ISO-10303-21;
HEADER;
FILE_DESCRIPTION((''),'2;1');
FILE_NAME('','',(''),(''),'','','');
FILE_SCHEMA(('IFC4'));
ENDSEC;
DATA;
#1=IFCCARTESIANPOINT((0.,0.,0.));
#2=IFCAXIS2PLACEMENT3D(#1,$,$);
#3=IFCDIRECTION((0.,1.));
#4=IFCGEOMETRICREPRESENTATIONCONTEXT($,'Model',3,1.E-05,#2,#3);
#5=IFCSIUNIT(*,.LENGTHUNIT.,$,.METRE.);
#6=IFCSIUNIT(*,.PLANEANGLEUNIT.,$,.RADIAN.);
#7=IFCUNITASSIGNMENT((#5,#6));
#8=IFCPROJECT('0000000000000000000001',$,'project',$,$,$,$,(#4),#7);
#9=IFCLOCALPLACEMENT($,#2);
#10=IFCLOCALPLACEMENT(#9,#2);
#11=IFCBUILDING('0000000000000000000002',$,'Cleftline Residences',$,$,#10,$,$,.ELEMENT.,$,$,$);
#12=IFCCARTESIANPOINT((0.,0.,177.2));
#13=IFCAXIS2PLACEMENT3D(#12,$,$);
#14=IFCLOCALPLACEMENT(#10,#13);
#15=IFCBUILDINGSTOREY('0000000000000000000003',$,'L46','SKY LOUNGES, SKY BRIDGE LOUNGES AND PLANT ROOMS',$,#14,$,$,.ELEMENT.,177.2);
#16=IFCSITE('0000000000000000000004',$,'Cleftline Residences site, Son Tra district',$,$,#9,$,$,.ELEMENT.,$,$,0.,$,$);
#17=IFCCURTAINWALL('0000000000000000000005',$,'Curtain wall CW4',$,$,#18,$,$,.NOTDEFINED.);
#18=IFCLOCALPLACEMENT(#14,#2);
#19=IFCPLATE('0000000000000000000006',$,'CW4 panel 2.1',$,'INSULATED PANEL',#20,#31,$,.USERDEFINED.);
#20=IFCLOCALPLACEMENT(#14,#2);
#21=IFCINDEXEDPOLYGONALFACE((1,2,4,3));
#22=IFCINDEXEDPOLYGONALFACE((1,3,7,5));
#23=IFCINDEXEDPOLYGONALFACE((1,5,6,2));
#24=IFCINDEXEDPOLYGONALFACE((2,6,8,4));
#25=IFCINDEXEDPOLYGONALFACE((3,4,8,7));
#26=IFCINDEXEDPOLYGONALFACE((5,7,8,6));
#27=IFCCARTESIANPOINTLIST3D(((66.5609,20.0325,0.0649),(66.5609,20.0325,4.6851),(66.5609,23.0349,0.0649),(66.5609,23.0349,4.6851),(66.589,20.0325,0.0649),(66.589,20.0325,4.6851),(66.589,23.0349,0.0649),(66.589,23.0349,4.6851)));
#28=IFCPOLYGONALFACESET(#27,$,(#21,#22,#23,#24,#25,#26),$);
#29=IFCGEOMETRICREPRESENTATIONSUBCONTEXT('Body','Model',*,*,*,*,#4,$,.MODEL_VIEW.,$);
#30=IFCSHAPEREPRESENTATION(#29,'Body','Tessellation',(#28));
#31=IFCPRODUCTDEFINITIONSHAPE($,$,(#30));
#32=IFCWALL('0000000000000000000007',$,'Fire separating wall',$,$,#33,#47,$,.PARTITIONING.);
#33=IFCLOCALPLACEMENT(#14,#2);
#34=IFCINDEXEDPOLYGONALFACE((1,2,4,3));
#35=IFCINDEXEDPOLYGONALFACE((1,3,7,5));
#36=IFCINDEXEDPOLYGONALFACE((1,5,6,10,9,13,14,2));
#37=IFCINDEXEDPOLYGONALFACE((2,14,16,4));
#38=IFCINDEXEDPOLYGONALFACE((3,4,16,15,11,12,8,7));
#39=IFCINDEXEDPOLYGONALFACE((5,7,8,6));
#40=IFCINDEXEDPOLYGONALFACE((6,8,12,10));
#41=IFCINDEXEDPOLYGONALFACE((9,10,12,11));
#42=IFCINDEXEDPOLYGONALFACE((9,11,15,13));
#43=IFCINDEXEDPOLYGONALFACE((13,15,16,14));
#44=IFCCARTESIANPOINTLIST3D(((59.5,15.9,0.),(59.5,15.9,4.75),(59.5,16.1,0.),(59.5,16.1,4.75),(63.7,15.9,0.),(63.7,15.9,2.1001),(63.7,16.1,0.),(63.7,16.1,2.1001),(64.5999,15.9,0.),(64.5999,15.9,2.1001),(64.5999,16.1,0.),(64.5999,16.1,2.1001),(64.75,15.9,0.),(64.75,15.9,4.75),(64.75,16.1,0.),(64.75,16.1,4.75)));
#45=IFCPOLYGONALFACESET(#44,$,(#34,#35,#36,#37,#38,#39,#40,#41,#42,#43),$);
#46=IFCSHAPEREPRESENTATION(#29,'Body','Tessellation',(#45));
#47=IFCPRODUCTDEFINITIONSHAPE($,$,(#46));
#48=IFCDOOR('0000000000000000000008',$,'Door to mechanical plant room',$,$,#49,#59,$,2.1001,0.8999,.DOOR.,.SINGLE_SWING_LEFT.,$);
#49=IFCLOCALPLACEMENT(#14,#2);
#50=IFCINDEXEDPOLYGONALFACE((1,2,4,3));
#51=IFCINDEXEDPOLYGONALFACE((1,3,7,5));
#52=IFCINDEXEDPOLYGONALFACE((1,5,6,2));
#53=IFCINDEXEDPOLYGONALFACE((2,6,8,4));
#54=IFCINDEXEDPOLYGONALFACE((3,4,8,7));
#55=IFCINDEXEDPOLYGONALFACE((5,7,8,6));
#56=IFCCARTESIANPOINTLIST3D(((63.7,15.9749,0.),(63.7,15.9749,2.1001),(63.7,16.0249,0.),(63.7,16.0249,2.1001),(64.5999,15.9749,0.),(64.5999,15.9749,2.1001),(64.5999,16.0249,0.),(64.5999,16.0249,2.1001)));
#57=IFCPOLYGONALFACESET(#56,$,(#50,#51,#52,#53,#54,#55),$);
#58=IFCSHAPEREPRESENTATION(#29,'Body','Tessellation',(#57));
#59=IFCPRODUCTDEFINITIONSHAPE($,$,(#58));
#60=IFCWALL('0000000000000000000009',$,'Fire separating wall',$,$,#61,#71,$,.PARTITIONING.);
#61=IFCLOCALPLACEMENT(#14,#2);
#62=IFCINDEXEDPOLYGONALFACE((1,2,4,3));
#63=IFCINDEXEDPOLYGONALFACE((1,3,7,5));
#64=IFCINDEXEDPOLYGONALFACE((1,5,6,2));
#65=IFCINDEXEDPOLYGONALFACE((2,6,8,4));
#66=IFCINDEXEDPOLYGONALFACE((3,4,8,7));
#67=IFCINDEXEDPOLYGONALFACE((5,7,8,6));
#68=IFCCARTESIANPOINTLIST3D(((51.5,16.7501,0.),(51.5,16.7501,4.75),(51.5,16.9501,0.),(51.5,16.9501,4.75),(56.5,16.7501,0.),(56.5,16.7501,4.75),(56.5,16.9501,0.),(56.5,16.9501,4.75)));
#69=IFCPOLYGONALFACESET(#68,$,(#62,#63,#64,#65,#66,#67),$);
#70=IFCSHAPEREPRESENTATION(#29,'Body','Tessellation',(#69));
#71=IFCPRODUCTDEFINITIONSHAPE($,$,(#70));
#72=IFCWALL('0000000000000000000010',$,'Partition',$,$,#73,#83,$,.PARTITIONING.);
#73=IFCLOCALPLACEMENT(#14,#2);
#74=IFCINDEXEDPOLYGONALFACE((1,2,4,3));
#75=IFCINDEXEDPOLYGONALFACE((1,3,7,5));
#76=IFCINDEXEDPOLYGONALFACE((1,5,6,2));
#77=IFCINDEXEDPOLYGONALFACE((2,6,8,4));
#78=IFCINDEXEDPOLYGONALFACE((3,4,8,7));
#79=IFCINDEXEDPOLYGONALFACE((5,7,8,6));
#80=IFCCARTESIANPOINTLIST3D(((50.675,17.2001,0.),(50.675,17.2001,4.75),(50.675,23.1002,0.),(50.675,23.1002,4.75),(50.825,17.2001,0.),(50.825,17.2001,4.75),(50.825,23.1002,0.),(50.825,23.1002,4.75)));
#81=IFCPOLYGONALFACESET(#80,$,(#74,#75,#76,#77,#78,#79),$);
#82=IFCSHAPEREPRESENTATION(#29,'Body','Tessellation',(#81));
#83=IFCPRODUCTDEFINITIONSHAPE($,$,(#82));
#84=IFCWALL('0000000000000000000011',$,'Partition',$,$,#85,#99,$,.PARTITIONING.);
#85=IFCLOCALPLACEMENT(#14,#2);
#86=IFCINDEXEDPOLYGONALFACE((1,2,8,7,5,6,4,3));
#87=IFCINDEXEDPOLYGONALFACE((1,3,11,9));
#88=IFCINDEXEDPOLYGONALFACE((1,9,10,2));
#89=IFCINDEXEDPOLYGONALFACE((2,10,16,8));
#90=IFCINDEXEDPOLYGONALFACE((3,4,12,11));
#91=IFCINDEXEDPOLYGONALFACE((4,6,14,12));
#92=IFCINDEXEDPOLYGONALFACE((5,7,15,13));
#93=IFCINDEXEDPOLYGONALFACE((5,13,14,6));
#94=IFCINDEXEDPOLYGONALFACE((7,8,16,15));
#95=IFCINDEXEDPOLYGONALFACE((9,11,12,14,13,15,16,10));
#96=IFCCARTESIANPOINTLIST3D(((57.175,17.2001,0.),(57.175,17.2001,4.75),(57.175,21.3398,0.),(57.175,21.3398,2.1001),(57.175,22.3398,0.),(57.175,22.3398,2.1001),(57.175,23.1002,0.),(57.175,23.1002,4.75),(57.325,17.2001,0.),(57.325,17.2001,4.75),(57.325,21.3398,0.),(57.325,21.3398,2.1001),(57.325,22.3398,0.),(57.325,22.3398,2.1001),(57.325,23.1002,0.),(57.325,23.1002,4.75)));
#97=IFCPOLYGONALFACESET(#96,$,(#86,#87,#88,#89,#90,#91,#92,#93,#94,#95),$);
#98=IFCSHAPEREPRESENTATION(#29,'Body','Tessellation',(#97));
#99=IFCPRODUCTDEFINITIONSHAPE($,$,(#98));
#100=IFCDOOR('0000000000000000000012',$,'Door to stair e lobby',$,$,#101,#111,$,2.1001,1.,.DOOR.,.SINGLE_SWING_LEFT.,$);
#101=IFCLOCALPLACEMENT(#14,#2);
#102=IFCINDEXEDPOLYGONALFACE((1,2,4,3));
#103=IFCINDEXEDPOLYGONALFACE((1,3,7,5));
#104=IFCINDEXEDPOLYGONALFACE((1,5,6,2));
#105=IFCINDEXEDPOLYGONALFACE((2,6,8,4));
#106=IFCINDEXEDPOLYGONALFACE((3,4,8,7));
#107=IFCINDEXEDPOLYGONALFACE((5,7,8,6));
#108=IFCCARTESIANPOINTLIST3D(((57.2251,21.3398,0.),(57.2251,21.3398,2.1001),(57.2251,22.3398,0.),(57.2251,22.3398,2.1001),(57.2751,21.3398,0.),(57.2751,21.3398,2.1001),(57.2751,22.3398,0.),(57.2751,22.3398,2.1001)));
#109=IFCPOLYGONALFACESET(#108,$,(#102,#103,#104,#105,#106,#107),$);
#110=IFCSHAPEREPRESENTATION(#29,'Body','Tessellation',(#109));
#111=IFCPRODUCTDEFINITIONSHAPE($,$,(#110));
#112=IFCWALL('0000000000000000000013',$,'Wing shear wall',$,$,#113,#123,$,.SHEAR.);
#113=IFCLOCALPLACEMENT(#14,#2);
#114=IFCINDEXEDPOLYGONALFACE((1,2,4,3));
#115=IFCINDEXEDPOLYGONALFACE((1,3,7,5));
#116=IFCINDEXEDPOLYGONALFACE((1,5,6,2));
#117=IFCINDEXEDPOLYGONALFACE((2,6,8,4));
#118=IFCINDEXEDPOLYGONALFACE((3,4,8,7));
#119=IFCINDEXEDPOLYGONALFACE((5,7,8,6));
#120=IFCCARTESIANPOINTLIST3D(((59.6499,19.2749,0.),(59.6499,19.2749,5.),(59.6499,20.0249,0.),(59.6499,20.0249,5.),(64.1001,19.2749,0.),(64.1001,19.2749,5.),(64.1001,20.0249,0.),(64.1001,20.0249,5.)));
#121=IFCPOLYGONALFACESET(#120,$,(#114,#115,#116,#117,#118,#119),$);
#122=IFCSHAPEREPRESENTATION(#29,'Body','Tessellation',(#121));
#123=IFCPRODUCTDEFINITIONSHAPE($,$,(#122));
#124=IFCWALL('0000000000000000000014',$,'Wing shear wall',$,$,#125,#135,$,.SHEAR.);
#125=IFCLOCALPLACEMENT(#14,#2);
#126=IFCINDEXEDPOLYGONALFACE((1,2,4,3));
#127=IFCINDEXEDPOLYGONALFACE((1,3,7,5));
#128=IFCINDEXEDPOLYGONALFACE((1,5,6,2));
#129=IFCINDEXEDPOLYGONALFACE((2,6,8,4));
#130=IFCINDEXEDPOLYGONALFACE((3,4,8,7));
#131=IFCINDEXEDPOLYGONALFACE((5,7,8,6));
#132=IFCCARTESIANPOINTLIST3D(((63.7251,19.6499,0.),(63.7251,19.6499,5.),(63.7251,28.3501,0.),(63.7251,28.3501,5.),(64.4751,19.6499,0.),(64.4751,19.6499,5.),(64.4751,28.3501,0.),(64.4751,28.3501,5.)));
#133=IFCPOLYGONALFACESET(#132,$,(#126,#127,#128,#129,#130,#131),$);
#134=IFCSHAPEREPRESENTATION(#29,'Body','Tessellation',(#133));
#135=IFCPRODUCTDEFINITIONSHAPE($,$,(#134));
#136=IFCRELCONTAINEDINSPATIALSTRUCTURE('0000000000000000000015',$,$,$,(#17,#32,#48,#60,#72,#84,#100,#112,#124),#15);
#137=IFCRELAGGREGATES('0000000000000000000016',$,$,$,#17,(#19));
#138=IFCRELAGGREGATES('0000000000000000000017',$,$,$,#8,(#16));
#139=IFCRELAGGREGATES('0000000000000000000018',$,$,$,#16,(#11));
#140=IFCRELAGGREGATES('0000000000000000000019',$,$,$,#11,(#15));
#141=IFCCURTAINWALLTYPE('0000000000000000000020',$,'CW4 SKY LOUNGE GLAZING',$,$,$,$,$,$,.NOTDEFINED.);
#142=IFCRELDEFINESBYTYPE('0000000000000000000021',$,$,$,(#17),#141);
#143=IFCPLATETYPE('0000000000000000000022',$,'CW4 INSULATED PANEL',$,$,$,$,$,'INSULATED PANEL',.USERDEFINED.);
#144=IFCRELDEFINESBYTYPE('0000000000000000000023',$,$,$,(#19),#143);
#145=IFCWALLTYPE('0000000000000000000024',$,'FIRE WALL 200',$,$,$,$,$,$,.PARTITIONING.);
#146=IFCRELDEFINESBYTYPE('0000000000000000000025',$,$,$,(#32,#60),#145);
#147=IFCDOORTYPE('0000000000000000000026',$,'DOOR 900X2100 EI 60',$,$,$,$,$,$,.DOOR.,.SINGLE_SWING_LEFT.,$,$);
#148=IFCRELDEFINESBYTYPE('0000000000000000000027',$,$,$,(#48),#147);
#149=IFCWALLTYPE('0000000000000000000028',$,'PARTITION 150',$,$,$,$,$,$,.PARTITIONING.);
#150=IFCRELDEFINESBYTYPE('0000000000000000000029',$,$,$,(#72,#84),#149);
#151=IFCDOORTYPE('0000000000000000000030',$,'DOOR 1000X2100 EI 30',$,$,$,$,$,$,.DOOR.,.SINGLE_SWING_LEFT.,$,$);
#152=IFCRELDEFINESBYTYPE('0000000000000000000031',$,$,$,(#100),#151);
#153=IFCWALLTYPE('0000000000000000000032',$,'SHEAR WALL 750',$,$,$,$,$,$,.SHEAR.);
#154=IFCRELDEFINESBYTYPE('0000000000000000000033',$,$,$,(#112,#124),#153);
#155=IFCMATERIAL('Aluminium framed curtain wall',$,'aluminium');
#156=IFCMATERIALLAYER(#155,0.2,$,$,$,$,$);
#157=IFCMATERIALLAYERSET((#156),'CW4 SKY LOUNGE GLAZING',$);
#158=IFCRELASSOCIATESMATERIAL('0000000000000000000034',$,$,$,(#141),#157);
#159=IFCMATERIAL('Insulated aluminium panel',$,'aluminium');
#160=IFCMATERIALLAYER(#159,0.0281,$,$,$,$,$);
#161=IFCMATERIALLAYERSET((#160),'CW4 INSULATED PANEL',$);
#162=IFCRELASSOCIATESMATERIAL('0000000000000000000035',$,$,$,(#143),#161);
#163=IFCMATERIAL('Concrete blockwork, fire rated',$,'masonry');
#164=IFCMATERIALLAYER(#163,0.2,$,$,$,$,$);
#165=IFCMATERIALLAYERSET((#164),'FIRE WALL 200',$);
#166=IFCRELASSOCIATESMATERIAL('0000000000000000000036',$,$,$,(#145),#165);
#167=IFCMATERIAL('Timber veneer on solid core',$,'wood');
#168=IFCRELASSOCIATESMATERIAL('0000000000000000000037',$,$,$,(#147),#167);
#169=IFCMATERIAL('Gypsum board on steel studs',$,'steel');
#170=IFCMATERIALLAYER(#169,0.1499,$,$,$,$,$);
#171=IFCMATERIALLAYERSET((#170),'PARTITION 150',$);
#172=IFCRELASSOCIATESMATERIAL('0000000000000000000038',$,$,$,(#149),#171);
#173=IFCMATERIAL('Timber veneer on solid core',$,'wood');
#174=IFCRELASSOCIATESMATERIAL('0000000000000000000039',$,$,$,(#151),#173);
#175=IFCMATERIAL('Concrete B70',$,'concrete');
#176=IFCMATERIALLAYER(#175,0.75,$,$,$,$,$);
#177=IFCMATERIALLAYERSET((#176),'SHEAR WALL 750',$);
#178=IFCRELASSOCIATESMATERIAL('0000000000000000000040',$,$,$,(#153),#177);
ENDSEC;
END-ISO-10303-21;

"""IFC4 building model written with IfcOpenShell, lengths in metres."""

from ifc_helpers import new_model, si_unit, direction, frame, frame_2d, origin, origin_2d, place, context, subcontext, project, spatial, rectangle, extrude, material, layer, layer_set, type_object, element, fill, aggregate, save


model = new_model("IFC4")

# Units and contexts
model_context = context("Model", 3, precision=1e-05, world=origin(), true_north=direction((0.0, 1.0)))
body_context = subcontext(model_context, "Body", "Model", "MODEL_VIEW")
ifc_project = project(units=[si_unit("LENGTHUNIT", "METRE"), si_unit("PLANEANGLEUNIT", "RADIAN")], contexts=[model_context])

# Site, building, storey
site_placement = place(None, origin())
site = spatial("IfcSite", under=ifc_project, at=site_placement, Name="Cleftline Residences site, Son Tra district", CompositionType="ELEMENT", RefElevation=0.0)
building_placement = place(site_placement, origin())
building = spatial("IfcBuilding", under=site, at=building_placement, Name="Cleftline Residences", CompositionType="ELEMENT")
storey_placement = place(building_placement, frame((0.0, 0.0, 177.2)))
storey = spatial("IfcBuildingStorey", under=building, at=storey_placement, Name="L46", Description="SKY LOUNGES, SKY BRIDGE LOUNGES AND PLANT ROOMS", CompositionType="ELEMENT", Elevation=177.2)

# Shared definitions
ifc_material_1 = material(Name="Aluminium framed curtain wall", Category="aluminium")
ifc_layer_1 = layer(ifc_material_1, 0.2)
ifc_layer_set_1 = layer_set([ifc_layer_1], Name="CW4 SKY LOUNGE GLAZING")
curtain_wall_type = type_object("IfcCurtainWallType", Name="CW4 SKY LOUNGE GLAZING", PredefinedType="NOTDEFINED", material=ifc_layer_set_1)

# Curtain wall, plate
curtain_wall_1_placement = place(storey_placement, origin())
curtain_wall_1 = element("IfcCurtainWall", 1, at=curtain_wall_1_placement, inside=storey, type_object=curtain_wall_type, Name="Curtain wall CW4", PredefinedType="NOTDEFINED")
ifc_material_2 = material(Name="Insulated aluminium panel", Category="aluminium")
ifc_layer_2 = layer(ifc_material_2, 0.0281)
ifc_layer_set_2 = layer_set([ifc_layer_2], Name="CW4 INSULATED PANEL")
plate_type = type_object("IfcPlateType", Name="CW4 INSULATED PANEL", ElementType="INSULATED PANEL", PredefinedType="USERDEFINED", material=ifc_layer_set_2)
plate_1_placement = place(storey_placement, frame((66.575, 21.5337, 0.0649), z_axis=(0.0, 0.0, 1.0), x_axis=(0.0, 1.0, 0.0)))
plate_1 = element("IfcPlate", 2, at=plate_1_placement, type_object=plate_type, Name="CW4 panel 2.1", ObjectType="INSULATED PANEL", PredefinedType="USERDEFINED", context=body_context, shape_type="SweptSolid", body=[
    extrude(rectangle(XDim=3.0024, YDim=0.0281, at=origin_2d()), origin(), (0.0, 0.0, 1.0), 4.6201),
])
aggregate(curtain_wall_1, [plate_1])

# Wall, opening, door
ifc_material_3 = material(Name="Concrete blockwork, fire rated", Category="masonry")
ifc_layer_3 = layer(ifc_material_3, 0.2)
ifc_layer_set_3 = layer_set([ifc_layer_3], Name="FIRE WALL 200")
wall_type_1 = type_object("IfcWallType", Name="FIRE WALL 200", PredefinedType="PARTITIONING", material=ifc_layer_set_3)
wall_1_placement = place(storey_placement, frame((59.5, 16.0, 0.0), z_axis=(0.0, 0.0, 1.0), x_axis=(1.0, 0.0, 0.0)))
wall_1 = element("IfcWall", 3, at=wall_1_placement, inside=storey, type_object=wall_type_1, Name="Fire separating wall", PredefinedType="PARTITIONING", context=body_context, shape_type="SweptSolid", body=[
    extrude(rectangle(XDim=5.25, YDim=0.2, at=frame_2d((2.625, 0.0))), origin(), (0.0, 0.0, 1.0), 4.75),
])
opening_1_placement = place(wall_1_placement, frame((4.2, 0.0, 0.0)))
opening_1 = element("IfcOpeningElement", 4, at=opening_1_placement, cuts=wall_1, PredefinedType="OPENING", context=body_context, shape_type="SweptSolid", body=[
    extrude(rectangle(XDim=0.8999, YDim=2.1001, at=frame_2d((0.45, 1.05))), frame((0.0, 0.1099, 0.0), z_axis=(0.0, -1.0, 0.0), x_axis=(1.0, 0.0, 0.0)), (0.0, 0.0, 1.0), 0.22),
])
ifc_material_4 = material(Name="Timber veneer on solid core", Category="wood")
door_type_1 = type_object("IfcDoorType", Name="DOOR 900X2100 EI 60", OperationType="SINGLE_SWING_LEFT", PredefinedType="DOOR", material=ifc_material_4)
door_1_placement = place(opening_1_placement, origin())
door_1 = element("IfcDoor", 5, at=door_1_placement, inside=storey, type_object=door_type_1, Name="Door to mechanical plant room", OperationType="SINGLE_SWING_LEFT", OverallHeight=2.1001, OverallWidth=0.8999, PredefinedType="DOOR", context=body_context, shape_type="SweptSolid", body=[
    extrude(rectangle(XDim=0.8999, YDim=2.1001, at=frame_2d((0.45, 1.05))), frame((0.0, 0.0249, 0.0), z_axis=(0.0, -1.0, 0.0), x_axis=(1.0, 0.0, 0.0)), (0.0, 0.0, 1.0), 0.05),
])
fill(opening_1, door_1)

# Walls
wall_2_placement = place(storey_placement, frame((51.5, 16.8501, 0.0), z_axis=(0.0, 0.0, 1.0), x_axis=(1.0, 0.0, 0.0)))
element("IfcWall", 6, at=wall_2_placement, inside=storey, type_object=wall_type_1, Name="Fire separating wall", PredefinedType="PARTITIONING", context=body_context, shape_type="SweptSolid", body=[
    extrude(rectangle(XDim=5.0, YDim=0.2, at=frame_2d((2.5, 0.0))), origin(), (0.0, 0.0, 1.0), 4.75),
])
ifc_material_5 = material(Name="Gypsum board on steel studs", Category="steel")
ifc_layer_4 = layer(ifc_material_5, 0.1499)
ifc_layer_set_4 = layer_set([ifc_layer_4], Name="PARTITION 150")
wall_type_2 = type_object("IfcWallType", Name="PARTITION 150", PredefinedType="PARTITIONING", material=ifc_layer_set_4)
wall_3_placement = place(storey_placement, frame((50.75, 17.2, 0.0), z_axis=(0.0, 0.0, 1.0), x_axis=(0.0, 1.0, 0.0)))
element("IfcWall", 7, at=wall_3_placement, inside=storey, type_object=wall_type_2, Name="Partition", PredefinedType="PARTITIONING", context=body_context, shape_type="SweptSolid", body=[
    extrude(rectangle(XDim=5.9001, YDim=0.1499, at=frame_2d((2.9502, 0.0))), origin(), (0.0, 0.0, 1.0), 4.75),
])

# Wall, opening, door
wall_4_placement = place(storey_placement, frame((57.25, 17.2, 0.0), z_axis=(0.0, 0.0, 1.0), x_axis=(0.0, 1.0, 0.0)))
wall_4 = element("IfcWall", 8, at=wall_4_placement, inside=storey, type_object=wall_type_2, Name="Partition", PredefinedType="PARTITIONING", context=body_context, shape_type="SweptSolid", body=[
    extrude(rectangle(XDim=5.9001, YDim=0.1499, at=frame_2d((2.9502, 0.0))), origin(), (0.0, 0.0, 1.0), 4.75),
])
opening_2_placement = place(wall_4_placement, frame((4.1399, 0.0, 0.0)))
opening_2 = element("IfcOpeningElement", 9, at=opening_2_placement, cuts=wall_4, PredefinedType="OPENING", context=body_context, shape_type="SweptSolid", body=[
    extrude(rectangle(XDim=1.0, YDim=2.1001, at=frame_2d((0.5, 1.05))), frame((0.0, 0.085, 0.0), z_axis=(0.0, -1.0, 0.0), x_axis=(1.0, 0.0, 0.0)), (0.0, 0.0, 1.0), 0.1699),
])
ifc_material_6 = material(Name="Timber veneer on solid core", Category="wood")
door_type_2 = type_object("IfcDoorType", Name="DOOR 1000X2100 EI 30", OperationType="SINGLE_SWING_LEFT", PredefinedType="DOOR", material=ifc_material_6)
door_2_placement = place(opening_2_placement, origin())
door_2 = element("IfcDoor", 10, at=door_2_placement, inside=storey, type_object=door_type_2, Name="Door to stair e lobby", OperationType="SINGLE_SWING_LEFT", OverallHeight=2.1001, OverallWidth=1.0, PredefinedType="DOOR", context=body_context, shape_type="SweptSolid", body=[
    extrude(rectangle(XDim=1.0, YDim=2.1001, at=frame_2d((0.5, 1.05))), frame((0.0, 0.0249, 0.0), z_axis=(0.0, -1.0, 0.0), x_axis=(1.0, 0.0, 0.0)), (0.0, 0.0, 1.0), 0.05),
])
fill(opening_2, door_2)

# Walls
ifc_material_7 = material(Name="Concrete B70", Category="concrete")
ifc_layer_5 = layer(ifc_material_7, 0.75)
ifc_layer_set_5 = layer_set([ifc_layer_5], Name="SHEAR WALL 750")
wall_type_3 = type_object("IfcWallType", Name="SHEAR WALL 750", PredefinedType="SHEAR", material=ifc_layer_set_5)
wall_5_placement = place(storey_placement, frame((59.6499, 19.6499, 0.0), z_axis=(0.0, 0.0, 1.0), x_axis=(1.0, 0.0, 0.0)))
element("IfcWall", 11, at=wall_5_placement, inside=storey, type_object=wall_type_3, Name="Wing shear wall", PredefinedType="SHEAR", context=body_context, shape_type="SweptSolid", body=[
    extrude(rectangle(XDim=4.4502, YDim=0.75, at=frame_2d((2.2251, 0.0))), origin(), (0.0, 0.0, 1.0), 5.0),
])
wall_6_placement = place(storey_placement, frame((64.1001, 19.6499, 0.0), z_axis=(0.0, 0.0, 1.0), x_axis=(0.0, 1.0, 0.0)))
element("IfcWall", 12, at=wall_6_placement, inside=storey, type_object=wall_type_3, Name="Wing shear wall", PredefinedType="SHEAR", context=body_context, shape_type="SweptSolid", body=[
    extrude(rectangle(XDim=8.7002, YDim=0.75, at=frame_2d((4.3501, 0.0))), origin(), (0.0, 0.0, 1.0), 5.0),
])

save(model, "model.ifc")
